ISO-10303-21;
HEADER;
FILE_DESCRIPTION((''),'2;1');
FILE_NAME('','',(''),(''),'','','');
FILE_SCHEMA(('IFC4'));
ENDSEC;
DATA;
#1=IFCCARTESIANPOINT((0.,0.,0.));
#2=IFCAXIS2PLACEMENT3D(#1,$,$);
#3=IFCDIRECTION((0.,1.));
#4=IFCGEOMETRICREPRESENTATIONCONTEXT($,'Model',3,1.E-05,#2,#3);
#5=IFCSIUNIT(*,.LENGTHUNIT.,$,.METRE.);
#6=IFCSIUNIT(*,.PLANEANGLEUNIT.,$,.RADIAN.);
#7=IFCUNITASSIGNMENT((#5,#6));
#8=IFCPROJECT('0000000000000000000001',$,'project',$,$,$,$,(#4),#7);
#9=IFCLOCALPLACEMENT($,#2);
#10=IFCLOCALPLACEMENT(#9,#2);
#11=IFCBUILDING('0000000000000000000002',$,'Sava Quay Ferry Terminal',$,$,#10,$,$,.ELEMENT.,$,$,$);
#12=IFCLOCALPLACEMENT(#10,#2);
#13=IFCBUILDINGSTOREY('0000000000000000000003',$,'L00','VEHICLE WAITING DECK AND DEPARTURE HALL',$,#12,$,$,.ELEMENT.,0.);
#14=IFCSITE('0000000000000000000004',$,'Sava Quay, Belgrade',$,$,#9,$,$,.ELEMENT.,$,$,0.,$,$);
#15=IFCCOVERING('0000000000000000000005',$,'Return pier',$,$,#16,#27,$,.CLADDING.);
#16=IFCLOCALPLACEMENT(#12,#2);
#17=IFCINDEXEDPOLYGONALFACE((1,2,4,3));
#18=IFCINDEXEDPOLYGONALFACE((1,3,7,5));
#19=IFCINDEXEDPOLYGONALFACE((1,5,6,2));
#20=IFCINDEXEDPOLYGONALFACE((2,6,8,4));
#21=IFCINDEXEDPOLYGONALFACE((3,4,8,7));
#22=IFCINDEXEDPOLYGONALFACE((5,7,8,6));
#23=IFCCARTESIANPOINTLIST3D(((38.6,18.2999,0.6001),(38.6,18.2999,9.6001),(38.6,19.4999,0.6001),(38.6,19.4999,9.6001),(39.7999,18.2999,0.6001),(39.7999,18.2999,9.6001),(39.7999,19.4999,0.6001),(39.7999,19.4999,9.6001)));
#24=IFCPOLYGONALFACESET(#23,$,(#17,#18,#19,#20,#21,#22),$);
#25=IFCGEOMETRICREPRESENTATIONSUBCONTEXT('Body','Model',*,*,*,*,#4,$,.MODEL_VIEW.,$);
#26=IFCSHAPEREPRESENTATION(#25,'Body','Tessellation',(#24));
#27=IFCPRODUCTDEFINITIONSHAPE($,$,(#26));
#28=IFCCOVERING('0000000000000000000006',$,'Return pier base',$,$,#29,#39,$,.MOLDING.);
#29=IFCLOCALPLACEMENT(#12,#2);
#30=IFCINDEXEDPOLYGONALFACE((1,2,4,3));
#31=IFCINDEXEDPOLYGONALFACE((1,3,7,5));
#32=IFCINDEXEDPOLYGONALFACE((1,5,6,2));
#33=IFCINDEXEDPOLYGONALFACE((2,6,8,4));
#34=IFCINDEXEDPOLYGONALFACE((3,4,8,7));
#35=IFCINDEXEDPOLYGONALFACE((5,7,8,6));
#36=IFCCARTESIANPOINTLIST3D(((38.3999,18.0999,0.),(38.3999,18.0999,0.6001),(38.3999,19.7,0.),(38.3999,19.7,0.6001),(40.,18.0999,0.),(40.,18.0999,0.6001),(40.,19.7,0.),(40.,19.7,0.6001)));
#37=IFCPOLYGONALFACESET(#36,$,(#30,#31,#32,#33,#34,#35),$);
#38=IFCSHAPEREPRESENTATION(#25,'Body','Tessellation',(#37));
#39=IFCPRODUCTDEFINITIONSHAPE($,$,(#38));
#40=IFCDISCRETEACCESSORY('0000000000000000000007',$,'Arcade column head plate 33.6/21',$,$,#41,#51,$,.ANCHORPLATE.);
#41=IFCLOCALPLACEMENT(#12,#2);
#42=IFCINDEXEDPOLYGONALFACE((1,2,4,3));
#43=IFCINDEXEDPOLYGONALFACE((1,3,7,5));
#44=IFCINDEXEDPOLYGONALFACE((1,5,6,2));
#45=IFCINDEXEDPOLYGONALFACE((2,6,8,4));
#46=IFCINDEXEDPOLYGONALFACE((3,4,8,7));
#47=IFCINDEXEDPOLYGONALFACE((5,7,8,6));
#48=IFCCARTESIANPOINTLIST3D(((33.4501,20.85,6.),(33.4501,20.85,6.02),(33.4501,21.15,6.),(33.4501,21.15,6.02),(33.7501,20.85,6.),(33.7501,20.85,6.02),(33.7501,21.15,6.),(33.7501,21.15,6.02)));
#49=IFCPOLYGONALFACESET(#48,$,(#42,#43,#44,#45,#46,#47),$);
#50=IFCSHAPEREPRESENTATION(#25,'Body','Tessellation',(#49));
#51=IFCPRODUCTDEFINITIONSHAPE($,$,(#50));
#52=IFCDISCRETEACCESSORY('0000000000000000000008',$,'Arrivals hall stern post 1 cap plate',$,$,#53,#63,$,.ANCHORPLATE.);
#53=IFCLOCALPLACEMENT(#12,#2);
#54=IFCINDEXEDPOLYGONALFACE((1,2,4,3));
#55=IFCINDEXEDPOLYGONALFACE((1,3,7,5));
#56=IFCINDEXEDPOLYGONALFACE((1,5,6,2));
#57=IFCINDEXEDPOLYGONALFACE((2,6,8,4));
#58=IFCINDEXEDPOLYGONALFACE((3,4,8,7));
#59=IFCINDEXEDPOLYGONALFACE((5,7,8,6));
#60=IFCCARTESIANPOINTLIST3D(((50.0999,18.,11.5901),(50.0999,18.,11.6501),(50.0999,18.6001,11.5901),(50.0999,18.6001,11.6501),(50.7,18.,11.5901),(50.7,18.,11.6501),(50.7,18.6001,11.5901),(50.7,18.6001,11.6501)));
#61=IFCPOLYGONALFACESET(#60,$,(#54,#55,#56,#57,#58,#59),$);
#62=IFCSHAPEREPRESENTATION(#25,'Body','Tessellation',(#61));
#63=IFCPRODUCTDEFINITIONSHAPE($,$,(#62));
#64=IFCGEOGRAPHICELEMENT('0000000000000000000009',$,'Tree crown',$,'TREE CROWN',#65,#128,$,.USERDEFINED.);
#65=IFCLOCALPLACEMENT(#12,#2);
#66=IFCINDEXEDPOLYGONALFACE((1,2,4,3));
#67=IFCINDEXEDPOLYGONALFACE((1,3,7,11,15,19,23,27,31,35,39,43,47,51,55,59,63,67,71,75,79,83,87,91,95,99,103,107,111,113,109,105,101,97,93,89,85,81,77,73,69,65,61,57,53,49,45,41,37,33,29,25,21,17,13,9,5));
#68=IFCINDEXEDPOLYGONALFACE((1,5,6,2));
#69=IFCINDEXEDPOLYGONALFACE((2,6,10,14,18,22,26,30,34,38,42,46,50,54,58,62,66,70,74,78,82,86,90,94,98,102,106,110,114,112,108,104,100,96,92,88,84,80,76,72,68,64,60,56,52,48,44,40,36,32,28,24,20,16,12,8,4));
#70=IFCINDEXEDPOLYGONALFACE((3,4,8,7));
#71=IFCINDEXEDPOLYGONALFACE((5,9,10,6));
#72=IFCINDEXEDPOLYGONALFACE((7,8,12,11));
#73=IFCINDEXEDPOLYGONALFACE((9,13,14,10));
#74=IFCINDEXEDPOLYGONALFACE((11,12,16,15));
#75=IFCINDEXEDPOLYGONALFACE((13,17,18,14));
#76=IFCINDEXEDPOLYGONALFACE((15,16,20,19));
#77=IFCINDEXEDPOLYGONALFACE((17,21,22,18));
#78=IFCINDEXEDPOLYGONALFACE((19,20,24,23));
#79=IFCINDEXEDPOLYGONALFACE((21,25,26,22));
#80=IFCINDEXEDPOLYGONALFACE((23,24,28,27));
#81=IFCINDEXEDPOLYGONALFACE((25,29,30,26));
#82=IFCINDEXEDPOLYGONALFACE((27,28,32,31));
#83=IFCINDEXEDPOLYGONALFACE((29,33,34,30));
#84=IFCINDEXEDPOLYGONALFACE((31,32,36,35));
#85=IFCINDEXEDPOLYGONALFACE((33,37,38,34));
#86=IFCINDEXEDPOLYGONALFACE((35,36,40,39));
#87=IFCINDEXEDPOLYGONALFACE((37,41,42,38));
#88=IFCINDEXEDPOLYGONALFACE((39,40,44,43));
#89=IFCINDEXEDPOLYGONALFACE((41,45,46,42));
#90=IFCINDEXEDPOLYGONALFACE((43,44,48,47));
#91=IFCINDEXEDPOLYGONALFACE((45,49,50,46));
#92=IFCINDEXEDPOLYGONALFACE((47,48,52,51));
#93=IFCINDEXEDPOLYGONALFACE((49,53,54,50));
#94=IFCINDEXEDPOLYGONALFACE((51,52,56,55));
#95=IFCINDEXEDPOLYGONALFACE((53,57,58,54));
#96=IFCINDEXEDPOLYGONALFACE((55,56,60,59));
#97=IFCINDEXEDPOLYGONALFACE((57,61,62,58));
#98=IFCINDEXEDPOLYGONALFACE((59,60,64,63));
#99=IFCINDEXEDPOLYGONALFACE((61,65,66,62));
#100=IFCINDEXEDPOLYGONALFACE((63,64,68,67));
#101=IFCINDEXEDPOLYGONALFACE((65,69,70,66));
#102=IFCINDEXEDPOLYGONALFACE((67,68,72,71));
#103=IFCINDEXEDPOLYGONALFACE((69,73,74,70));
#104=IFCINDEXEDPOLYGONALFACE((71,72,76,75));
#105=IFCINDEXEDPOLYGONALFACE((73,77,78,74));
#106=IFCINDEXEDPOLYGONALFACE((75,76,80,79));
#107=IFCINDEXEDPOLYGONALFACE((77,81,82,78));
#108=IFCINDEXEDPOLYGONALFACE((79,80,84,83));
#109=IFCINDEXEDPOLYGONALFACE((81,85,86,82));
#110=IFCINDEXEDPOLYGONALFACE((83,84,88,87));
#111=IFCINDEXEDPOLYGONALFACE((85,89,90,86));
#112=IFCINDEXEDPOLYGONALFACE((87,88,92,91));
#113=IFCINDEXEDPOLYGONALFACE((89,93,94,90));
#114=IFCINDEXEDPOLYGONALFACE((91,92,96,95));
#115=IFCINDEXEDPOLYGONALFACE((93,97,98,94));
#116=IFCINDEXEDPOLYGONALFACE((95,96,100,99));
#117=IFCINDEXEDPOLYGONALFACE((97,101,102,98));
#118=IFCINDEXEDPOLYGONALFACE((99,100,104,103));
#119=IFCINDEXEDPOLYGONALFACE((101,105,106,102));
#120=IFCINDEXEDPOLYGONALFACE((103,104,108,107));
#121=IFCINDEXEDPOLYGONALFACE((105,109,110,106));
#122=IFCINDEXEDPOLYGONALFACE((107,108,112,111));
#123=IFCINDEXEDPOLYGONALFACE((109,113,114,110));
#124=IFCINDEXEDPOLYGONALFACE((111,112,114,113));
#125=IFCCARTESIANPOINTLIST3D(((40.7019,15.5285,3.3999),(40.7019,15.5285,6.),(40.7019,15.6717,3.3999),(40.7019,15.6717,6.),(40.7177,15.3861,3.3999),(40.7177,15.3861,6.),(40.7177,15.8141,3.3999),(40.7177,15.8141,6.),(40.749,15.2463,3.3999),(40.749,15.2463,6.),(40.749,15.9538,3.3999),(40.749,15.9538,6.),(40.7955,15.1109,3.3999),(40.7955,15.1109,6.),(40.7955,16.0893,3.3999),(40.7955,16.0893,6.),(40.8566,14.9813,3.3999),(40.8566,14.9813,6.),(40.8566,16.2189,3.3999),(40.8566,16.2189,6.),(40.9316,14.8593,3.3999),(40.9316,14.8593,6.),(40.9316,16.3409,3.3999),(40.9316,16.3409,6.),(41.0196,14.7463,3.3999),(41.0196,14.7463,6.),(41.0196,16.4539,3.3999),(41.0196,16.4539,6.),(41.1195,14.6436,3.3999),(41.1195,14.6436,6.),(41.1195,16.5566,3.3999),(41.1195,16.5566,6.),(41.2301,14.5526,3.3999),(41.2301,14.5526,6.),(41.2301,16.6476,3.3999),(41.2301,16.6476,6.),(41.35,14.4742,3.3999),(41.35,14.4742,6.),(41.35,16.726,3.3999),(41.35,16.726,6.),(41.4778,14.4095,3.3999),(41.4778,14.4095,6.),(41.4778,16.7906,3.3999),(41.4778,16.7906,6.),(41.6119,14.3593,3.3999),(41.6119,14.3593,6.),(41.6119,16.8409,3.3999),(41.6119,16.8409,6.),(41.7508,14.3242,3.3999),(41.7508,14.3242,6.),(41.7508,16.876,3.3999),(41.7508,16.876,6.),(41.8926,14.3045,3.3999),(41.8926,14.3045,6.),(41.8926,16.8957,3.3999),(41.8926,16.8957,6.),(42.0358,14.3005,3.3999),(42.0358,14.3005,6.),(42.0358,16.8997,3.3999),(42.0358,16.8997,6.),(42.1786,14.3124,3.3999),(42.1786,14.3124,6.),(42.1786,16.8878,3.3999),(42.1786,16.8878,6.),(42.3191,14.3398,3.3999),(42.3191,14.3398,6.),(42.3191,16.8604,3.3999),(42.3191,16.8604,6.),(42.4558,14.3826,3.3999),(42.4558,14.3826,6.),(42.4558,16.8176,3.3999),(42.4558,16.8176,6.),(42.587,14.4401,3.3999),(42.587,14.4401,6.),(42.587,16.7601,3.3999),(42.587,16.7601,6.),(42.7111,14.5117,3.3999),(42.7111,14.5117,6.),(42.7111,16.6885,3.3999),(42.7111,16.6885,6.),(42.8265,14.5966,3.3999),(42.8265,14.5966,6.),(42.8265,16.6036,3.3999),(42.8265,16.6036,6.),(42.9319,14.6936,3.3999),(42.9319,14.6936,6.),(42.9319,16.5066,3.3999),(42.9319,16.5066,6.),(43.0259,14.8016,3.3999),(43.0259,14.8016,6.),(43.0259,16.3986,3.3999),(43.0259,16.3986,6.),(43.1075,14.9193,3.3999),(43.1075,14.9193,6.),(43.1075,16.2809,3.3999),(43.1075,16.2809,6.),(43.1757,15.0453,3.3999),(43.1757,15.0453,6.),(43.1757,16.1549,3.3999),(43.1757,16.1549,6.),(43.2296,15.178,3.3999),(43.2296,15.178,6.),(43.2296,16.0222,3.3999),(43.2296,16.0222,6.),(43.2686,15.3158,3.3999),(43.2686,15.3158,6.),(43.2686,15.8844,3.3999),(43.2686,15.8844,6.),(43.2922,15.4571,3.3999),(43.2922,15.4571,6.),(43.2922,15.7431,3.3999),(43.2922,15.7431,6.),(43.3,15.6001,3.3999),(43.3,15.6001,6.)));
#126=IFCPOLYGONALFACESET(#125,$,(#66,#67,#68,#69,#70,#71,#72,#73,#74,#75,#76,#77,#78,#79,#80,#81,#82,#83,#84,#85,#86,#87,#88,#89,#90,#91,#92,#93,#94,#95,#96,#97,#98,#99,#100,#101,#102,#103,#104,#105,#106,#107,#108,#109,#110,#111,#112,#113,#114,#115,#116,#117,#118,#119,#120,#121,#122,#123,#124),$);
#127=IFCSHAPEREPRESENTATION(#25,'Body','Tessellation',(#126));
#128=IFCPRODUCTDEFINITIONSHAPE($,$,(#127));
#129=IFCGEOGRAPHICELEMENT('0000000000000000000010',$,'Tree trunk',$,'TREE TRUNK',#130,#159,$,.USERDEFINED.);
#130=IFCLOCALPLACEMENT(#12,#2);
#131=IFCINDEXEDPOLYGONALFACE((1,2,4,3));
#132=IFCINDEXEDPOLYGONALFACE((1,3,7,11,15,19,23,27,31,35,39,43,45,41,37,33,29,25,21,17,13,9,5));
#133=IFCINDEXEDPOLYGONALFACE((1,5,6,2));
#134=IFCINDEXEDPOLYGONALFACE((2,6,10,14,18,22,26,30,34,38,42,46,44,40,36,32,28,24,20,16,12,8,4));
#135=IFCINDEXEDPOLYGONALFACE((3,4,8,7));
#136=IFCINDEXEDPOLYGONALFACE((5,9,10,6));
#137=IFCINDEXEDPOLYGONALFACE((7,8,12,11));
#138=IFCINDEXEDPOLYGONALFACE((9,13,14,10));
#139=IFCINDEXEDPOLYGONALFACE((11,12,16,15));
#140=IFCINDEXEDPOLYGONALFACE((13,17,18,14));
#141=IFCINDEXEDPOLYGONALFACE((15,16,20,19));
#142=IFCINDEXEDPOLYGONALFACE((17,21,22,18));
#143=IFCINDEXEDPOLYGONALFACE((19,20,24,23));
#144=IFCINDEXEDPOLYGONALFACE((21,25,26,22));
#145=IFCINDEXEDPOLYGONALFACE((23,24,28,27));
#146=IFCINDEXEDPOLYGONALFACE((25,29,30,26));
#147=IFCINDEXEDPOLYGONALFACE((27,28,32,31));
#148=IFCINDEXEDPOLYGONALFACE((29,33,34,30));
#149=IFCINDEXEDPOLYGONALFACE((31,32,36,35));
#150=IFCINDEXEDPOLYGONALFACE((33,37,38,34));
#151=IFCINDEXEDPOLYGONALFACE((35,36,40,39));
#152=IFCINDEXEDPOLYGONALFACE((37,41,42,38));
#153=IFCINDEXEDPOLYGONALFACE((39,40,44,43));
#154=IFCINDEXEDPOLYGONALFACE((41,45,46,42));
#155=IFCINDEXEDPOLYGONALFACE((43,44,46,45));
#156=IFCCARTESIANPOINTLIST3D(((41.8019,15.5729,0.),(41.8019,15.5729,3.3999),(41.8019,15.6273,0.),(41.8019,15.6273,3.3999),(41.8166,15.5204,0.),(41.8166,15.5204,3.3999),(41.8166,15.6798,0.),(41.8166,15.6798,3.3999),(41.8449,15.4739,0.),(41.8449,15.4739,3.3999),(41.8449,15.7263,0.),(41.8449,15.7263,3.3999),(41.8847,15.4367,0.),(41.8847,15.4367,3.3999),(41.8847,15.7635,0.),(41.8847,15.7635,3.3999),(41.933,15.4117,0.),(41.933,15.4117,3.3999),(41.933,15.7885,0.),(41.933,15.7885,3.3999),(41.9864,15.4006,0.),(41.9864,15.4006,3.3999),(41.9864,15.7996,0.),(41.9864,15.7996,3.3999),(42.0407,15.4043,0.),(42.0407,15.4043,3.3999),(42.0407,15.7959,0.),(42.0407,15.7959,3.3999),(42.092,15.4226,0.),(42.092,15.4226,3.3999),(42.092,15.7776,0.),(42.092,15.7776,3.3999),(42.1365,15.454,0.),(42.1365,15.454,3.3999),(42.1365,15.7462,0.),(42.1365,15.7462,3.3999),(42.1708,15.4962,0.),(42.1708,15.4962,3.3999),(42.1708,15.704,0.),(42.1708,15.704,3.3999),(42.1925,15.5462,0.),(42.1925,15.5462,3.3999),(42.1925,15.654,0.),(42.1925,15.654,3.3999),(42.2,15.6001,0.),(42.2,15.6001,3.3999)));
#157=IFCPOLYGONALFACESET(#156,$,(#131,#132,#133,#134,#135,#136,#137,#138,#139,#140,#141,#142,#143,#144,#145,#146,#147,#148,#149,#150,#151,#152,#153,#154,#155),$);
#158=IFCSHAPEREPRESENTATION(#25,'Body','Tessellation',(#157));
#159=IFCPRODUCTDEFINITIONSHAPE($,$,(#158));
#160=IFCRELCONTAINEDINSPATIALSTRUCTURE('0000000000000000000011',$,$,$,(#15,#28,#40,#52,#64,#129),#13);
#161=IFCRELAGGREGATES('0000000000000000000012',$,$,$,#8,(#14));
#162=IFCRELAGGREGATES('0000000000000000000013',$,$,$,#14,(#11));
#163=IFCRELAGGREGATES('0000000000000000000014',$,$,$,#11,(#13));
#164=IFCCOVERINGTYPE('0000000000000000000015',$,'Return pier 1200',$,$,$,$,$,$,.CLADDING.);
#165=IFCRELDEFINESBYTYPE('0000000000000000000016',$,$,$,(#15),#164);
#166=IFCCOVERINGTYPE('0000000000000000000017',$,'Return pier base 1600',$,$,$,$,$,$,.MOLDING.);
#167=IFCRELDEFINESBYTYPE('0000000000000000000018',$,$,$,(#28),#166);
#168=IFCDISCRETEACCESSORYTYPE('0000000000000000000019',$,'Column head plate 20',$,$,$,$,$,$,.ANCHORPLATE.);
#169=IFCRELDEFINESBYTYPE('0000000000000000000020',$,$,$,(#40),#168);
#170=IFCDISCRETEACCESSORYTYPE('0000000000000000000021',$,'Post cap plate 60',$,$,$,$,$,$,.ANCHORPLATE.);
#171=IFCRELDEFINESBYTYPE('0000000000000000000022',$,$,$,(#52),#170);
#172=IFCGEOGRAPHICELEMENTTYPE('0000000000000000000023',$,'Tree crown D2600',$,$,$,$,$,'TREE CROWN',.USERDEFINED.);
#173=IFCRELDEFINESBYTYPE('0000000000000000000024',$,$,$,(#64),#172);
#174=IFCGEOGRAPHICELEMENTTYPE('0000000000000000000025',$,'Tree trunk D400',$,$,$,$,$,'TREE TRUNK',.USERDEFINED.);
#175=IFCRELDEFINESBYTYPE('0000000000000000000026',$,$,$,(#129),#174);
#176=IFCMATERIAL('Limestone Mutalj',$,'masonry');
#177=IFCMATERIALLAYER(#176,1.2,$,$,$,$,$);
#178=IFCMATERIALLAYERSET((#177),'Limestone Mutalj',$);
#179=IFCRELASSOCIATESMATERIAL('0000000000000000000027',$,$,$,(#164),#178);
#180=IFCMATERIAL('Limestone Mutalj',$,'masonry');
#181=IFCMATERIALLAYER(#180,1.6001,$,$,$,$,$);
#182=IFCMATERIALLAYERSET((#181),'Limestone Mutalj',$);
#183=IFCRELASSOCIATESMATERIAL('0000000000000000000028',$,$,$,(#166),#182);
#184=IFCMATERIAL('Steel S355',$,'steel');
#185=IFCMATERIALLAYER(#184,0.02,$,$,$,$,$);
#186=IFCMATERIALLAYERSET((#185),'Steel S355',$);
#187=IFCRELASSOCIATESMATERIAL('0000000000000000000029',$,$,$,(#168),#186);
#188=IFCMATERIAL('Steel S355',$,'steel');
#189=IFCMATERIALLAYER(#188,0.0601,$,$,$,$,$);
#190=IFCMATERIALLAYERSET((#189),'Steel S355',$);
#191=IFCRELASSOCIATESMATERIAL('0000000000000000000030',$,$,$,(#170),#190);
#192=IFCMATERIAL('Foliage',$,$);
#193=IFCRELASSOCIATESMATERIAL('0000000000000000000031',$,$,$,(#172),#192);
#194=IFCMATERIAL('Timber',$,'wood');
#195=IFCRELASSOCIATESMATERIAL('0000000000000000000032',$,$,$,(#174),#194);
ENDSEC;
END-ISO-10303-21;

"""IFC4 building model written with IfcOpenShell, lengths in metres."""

from ifc_helpers import new_model, si_unit, direction, frame, origin, origin_2d, place, context, subcontext, project, spatial, rectangle, circle, extrude, material, layer, layer_set, type_object, element, save


model = new_model("IFC4")

# Units and contexts
model_context = context("Model", 3, precision=1e-05, world=origin(), true_north=direction((0.0, 1.0)))
body_context = subcontext(model_context, "Body", "Model", "MODEL_VIEW")
ifc_project = project(units=[si_unit("LENGTHUNIT", "METRE"), si_unit("PLANEANGLEUNIT", "RADIAN")], contexts=[model_context])

# Site, building, storey
site_placement = place(None, origin())
site = spatial("IfcSite", under=ifc_project, at=site_placement, Name="Sava Quay, Belgrade", CompositionType="ELEMENT", RefElevation=0.0)
building_placement = place(site_placement, origin())
building = spatial("IfcBuilding", under=site, at=building_placement, Name="Sava Quay Ferry Terminal", CompositionType="ELEMENT")
storey_placement = place(building_placement, origin())
storey = spatial("IfcBuildingStorey", under=building, at=storey_placement, Name="L00", Description="VEHICLE WAITING DECK AND DEPARTURE HALL", CompositionType="ELEMENT", Elevation=0.0)

# Coverings
ifc_material_1 = material(Name="Limestone Mutalj", Category="masonry")
ifc_layer_1 = layer(ifc_material_1, 1.2)
ifc_layer_set_1 = layer_set([ifc_layer_1], Name="Limestone Mutalj")
covering_type_1 = type_object("IfcCoveringType", Name="Return pier 1200", PredefinedType="CLADDING", material=ifc_layer_set_1)
covering_1_placement = place(storey_placement, frame((39.2, 18.8999, 0.6001), z_axis=(0.0, 0.0, 1.0), x_axis=(1.0, 0.0, 0.0)))
element("IfcCovering", 1, at=covering_1_placement, inside=storey, type_object=covering_type_1, Name="Return pier", PredefinedType="CLADDING", context=body_context, shape_type="SweptSolid", body=[
    extrude(rectangle(XDim=1.2, YDim=1.2, at=origin_2d()), origin(), (0.0, 0.0, 1.0), 9.0),
])
ifc_material_2 = material(Name="Limestone Mutalj", Category="masonry")
ifc_layer_2 = layer(ifc_material_2, 1.6001)
ifc_layer_set_2 = layer_set([ifc_layer_2], Name="Limestone Mutalj")
covering_type_2 = type_object("IfcCoveringType", Name="Return pier base 1600", PredefinedType="MOLDING", material=ifc_layer_set_2)
covering_2_placement = place(storey_placement, frame((39.2, 18.8999, 0.0), z_axis=(0.0, 0.0, 1.0), x_axis=(1.0, 0.0, 0.0)))
element("IfcCovering", 2, at=covering_2_placement, inside=storey, type_object=covering_type_2, Name="Return pier base", PredefinedType="MOLDING", context=body_context, shape_type="SweptSolid", body=[
    extrude(rectangle(XDim=1.6001, YDim=1.6001, at=origin_2d()), origin(), (0.0, 0.0, 1.0), 0.6001),
])

# Discrete accessories
ifc_material_3 = material(Name="Steel S355", Category="steel")
ifc_layer_3 = layer(ifc_material_3, 0.02)
ifc_layer_set_3 = layer_set([ifc_layer_3], Name="Steel S355")
discrete_accessory_type_1 = type_object("IfcDiscreteAccessoryType", Name="Column head plate 20", PredefinedType="ANCHORPLATE", material=ifc_layer_set_3)
discrete_accessory_1_placement = place(storey_placement, frame((33.6001, 21.0, 6.0), z_axis=(0.0, 0.0, 1.0), x_axis=(1.0, 0.0, 0.0)))
element("IfcDiscreteAccessory", 3, at=discrete_accessory_1_placement, inside=storey, type_object=discrete_accessory_type_1, Name="Arcade column head plate 33.6/21", PredefinedType="ANCHORPLATE", context=body_context, shape_type="SweptSolid", body=[
    extrude(rectangle(XDim=0.3, YDim=0.3, at=origin_2d()), origin(), (0.0, 0.0, 1.0), 0.02),
])
ifc_material_4 = material(Name="Steel S355", Category="steel")
ifc_layer_4 = layer(ifc_material_4, 0.0601)
ifc_layer_set_4 = layer_set([ifc_layer_4], Name="Steel S355")
discrete_accessory_type_2 = type_object("IfcDiscreteAccessoryType", Name="Post cap plate 60", PredefinedType="ANCHORPLATE", material=ifc_layer_set_4)
discrete_accessory_2_placement = place(storey_placement, frame((50.3999, 18.3, 11.5901), z_axis=(0.0, 0.0, 1.0), x_axis=(1.0, 0.0, 0.0)))
element("IfcDiscreteAccessory", 4, at=discrete_accessory_2_placement, inside=storey, type_object=discrete_accessory_type_2, Name="Arrivals hall stern post 1 cap plate", PredefinedType="ANCHORPLATE", context=body_context, shape_type="SweptSolid", body=[
    extrude(rectangle(XDim=0.6001, YDim=0.6001, at=origin_2d()), origin(), (0.0, 0.0, 1.0), 0.0601),
])

# Geographic elements
ifc_material_5 = material(Name="Foliage")
geographic_element_type_1 = type_object("IfcGeographicElementType", Name="Tree crown D2600", ElementType="TREE CROWN", PredefinedType="USERDEFINED", material=ifc_material_5)
geographic_element_1_placement = place(storey_placement, frame((42.0, 15.6001, 6.0), z_axis=(0.0, 0.0, -1.0), x_axis=(1.0, 0.0, 0.0)))
element("IfcGeographicElement", 5, at=geographic_element_1_placement, inside=storey, type_object=geographic_element_type_1, Name="Tree crown", ObjectType="TREE CROWN", PredefinedType="USERDEFINED", context=body_context, shape_type="SweptSolid", body=[
    extrude(circle(Radius=1.3, at=origin_2d()), origin(), (0.0, 0.0, 1.0), 2.6001),
])
ifc_material_6 = material(Name="Timber", Category="wood")
geographic_element_type_2 = type_object("IfcGeographicElementType", Name="Tree trunk D400", ElementType="TREE TRUNK", PredefinedType="USERDEFINED", material=ifc_material_6)
geographic_element_2_placement = place(storey_placement, frame((42.0, 15.6001, 3.3999), z_axis=(0.0, 0.0, -1.0), x_axis=(1.0, 0.0, 0.0)))
element("IfcGeographicElement", 6, at=geographic_element_2_placement, inside=storey, type_object=geographic_element_type_2, Name="Tree trunk", ObjectType="TREE TRUNK", PredefinedType="USERDEFINED", context=body_context, shape_type="SweptSolid", body=[
    extrude(circle(Radius=0.2, at=origin_2d()), origin(), (0.0, 0.0, 1.0), 3.3999),
])

save(model, "model.ifc")
